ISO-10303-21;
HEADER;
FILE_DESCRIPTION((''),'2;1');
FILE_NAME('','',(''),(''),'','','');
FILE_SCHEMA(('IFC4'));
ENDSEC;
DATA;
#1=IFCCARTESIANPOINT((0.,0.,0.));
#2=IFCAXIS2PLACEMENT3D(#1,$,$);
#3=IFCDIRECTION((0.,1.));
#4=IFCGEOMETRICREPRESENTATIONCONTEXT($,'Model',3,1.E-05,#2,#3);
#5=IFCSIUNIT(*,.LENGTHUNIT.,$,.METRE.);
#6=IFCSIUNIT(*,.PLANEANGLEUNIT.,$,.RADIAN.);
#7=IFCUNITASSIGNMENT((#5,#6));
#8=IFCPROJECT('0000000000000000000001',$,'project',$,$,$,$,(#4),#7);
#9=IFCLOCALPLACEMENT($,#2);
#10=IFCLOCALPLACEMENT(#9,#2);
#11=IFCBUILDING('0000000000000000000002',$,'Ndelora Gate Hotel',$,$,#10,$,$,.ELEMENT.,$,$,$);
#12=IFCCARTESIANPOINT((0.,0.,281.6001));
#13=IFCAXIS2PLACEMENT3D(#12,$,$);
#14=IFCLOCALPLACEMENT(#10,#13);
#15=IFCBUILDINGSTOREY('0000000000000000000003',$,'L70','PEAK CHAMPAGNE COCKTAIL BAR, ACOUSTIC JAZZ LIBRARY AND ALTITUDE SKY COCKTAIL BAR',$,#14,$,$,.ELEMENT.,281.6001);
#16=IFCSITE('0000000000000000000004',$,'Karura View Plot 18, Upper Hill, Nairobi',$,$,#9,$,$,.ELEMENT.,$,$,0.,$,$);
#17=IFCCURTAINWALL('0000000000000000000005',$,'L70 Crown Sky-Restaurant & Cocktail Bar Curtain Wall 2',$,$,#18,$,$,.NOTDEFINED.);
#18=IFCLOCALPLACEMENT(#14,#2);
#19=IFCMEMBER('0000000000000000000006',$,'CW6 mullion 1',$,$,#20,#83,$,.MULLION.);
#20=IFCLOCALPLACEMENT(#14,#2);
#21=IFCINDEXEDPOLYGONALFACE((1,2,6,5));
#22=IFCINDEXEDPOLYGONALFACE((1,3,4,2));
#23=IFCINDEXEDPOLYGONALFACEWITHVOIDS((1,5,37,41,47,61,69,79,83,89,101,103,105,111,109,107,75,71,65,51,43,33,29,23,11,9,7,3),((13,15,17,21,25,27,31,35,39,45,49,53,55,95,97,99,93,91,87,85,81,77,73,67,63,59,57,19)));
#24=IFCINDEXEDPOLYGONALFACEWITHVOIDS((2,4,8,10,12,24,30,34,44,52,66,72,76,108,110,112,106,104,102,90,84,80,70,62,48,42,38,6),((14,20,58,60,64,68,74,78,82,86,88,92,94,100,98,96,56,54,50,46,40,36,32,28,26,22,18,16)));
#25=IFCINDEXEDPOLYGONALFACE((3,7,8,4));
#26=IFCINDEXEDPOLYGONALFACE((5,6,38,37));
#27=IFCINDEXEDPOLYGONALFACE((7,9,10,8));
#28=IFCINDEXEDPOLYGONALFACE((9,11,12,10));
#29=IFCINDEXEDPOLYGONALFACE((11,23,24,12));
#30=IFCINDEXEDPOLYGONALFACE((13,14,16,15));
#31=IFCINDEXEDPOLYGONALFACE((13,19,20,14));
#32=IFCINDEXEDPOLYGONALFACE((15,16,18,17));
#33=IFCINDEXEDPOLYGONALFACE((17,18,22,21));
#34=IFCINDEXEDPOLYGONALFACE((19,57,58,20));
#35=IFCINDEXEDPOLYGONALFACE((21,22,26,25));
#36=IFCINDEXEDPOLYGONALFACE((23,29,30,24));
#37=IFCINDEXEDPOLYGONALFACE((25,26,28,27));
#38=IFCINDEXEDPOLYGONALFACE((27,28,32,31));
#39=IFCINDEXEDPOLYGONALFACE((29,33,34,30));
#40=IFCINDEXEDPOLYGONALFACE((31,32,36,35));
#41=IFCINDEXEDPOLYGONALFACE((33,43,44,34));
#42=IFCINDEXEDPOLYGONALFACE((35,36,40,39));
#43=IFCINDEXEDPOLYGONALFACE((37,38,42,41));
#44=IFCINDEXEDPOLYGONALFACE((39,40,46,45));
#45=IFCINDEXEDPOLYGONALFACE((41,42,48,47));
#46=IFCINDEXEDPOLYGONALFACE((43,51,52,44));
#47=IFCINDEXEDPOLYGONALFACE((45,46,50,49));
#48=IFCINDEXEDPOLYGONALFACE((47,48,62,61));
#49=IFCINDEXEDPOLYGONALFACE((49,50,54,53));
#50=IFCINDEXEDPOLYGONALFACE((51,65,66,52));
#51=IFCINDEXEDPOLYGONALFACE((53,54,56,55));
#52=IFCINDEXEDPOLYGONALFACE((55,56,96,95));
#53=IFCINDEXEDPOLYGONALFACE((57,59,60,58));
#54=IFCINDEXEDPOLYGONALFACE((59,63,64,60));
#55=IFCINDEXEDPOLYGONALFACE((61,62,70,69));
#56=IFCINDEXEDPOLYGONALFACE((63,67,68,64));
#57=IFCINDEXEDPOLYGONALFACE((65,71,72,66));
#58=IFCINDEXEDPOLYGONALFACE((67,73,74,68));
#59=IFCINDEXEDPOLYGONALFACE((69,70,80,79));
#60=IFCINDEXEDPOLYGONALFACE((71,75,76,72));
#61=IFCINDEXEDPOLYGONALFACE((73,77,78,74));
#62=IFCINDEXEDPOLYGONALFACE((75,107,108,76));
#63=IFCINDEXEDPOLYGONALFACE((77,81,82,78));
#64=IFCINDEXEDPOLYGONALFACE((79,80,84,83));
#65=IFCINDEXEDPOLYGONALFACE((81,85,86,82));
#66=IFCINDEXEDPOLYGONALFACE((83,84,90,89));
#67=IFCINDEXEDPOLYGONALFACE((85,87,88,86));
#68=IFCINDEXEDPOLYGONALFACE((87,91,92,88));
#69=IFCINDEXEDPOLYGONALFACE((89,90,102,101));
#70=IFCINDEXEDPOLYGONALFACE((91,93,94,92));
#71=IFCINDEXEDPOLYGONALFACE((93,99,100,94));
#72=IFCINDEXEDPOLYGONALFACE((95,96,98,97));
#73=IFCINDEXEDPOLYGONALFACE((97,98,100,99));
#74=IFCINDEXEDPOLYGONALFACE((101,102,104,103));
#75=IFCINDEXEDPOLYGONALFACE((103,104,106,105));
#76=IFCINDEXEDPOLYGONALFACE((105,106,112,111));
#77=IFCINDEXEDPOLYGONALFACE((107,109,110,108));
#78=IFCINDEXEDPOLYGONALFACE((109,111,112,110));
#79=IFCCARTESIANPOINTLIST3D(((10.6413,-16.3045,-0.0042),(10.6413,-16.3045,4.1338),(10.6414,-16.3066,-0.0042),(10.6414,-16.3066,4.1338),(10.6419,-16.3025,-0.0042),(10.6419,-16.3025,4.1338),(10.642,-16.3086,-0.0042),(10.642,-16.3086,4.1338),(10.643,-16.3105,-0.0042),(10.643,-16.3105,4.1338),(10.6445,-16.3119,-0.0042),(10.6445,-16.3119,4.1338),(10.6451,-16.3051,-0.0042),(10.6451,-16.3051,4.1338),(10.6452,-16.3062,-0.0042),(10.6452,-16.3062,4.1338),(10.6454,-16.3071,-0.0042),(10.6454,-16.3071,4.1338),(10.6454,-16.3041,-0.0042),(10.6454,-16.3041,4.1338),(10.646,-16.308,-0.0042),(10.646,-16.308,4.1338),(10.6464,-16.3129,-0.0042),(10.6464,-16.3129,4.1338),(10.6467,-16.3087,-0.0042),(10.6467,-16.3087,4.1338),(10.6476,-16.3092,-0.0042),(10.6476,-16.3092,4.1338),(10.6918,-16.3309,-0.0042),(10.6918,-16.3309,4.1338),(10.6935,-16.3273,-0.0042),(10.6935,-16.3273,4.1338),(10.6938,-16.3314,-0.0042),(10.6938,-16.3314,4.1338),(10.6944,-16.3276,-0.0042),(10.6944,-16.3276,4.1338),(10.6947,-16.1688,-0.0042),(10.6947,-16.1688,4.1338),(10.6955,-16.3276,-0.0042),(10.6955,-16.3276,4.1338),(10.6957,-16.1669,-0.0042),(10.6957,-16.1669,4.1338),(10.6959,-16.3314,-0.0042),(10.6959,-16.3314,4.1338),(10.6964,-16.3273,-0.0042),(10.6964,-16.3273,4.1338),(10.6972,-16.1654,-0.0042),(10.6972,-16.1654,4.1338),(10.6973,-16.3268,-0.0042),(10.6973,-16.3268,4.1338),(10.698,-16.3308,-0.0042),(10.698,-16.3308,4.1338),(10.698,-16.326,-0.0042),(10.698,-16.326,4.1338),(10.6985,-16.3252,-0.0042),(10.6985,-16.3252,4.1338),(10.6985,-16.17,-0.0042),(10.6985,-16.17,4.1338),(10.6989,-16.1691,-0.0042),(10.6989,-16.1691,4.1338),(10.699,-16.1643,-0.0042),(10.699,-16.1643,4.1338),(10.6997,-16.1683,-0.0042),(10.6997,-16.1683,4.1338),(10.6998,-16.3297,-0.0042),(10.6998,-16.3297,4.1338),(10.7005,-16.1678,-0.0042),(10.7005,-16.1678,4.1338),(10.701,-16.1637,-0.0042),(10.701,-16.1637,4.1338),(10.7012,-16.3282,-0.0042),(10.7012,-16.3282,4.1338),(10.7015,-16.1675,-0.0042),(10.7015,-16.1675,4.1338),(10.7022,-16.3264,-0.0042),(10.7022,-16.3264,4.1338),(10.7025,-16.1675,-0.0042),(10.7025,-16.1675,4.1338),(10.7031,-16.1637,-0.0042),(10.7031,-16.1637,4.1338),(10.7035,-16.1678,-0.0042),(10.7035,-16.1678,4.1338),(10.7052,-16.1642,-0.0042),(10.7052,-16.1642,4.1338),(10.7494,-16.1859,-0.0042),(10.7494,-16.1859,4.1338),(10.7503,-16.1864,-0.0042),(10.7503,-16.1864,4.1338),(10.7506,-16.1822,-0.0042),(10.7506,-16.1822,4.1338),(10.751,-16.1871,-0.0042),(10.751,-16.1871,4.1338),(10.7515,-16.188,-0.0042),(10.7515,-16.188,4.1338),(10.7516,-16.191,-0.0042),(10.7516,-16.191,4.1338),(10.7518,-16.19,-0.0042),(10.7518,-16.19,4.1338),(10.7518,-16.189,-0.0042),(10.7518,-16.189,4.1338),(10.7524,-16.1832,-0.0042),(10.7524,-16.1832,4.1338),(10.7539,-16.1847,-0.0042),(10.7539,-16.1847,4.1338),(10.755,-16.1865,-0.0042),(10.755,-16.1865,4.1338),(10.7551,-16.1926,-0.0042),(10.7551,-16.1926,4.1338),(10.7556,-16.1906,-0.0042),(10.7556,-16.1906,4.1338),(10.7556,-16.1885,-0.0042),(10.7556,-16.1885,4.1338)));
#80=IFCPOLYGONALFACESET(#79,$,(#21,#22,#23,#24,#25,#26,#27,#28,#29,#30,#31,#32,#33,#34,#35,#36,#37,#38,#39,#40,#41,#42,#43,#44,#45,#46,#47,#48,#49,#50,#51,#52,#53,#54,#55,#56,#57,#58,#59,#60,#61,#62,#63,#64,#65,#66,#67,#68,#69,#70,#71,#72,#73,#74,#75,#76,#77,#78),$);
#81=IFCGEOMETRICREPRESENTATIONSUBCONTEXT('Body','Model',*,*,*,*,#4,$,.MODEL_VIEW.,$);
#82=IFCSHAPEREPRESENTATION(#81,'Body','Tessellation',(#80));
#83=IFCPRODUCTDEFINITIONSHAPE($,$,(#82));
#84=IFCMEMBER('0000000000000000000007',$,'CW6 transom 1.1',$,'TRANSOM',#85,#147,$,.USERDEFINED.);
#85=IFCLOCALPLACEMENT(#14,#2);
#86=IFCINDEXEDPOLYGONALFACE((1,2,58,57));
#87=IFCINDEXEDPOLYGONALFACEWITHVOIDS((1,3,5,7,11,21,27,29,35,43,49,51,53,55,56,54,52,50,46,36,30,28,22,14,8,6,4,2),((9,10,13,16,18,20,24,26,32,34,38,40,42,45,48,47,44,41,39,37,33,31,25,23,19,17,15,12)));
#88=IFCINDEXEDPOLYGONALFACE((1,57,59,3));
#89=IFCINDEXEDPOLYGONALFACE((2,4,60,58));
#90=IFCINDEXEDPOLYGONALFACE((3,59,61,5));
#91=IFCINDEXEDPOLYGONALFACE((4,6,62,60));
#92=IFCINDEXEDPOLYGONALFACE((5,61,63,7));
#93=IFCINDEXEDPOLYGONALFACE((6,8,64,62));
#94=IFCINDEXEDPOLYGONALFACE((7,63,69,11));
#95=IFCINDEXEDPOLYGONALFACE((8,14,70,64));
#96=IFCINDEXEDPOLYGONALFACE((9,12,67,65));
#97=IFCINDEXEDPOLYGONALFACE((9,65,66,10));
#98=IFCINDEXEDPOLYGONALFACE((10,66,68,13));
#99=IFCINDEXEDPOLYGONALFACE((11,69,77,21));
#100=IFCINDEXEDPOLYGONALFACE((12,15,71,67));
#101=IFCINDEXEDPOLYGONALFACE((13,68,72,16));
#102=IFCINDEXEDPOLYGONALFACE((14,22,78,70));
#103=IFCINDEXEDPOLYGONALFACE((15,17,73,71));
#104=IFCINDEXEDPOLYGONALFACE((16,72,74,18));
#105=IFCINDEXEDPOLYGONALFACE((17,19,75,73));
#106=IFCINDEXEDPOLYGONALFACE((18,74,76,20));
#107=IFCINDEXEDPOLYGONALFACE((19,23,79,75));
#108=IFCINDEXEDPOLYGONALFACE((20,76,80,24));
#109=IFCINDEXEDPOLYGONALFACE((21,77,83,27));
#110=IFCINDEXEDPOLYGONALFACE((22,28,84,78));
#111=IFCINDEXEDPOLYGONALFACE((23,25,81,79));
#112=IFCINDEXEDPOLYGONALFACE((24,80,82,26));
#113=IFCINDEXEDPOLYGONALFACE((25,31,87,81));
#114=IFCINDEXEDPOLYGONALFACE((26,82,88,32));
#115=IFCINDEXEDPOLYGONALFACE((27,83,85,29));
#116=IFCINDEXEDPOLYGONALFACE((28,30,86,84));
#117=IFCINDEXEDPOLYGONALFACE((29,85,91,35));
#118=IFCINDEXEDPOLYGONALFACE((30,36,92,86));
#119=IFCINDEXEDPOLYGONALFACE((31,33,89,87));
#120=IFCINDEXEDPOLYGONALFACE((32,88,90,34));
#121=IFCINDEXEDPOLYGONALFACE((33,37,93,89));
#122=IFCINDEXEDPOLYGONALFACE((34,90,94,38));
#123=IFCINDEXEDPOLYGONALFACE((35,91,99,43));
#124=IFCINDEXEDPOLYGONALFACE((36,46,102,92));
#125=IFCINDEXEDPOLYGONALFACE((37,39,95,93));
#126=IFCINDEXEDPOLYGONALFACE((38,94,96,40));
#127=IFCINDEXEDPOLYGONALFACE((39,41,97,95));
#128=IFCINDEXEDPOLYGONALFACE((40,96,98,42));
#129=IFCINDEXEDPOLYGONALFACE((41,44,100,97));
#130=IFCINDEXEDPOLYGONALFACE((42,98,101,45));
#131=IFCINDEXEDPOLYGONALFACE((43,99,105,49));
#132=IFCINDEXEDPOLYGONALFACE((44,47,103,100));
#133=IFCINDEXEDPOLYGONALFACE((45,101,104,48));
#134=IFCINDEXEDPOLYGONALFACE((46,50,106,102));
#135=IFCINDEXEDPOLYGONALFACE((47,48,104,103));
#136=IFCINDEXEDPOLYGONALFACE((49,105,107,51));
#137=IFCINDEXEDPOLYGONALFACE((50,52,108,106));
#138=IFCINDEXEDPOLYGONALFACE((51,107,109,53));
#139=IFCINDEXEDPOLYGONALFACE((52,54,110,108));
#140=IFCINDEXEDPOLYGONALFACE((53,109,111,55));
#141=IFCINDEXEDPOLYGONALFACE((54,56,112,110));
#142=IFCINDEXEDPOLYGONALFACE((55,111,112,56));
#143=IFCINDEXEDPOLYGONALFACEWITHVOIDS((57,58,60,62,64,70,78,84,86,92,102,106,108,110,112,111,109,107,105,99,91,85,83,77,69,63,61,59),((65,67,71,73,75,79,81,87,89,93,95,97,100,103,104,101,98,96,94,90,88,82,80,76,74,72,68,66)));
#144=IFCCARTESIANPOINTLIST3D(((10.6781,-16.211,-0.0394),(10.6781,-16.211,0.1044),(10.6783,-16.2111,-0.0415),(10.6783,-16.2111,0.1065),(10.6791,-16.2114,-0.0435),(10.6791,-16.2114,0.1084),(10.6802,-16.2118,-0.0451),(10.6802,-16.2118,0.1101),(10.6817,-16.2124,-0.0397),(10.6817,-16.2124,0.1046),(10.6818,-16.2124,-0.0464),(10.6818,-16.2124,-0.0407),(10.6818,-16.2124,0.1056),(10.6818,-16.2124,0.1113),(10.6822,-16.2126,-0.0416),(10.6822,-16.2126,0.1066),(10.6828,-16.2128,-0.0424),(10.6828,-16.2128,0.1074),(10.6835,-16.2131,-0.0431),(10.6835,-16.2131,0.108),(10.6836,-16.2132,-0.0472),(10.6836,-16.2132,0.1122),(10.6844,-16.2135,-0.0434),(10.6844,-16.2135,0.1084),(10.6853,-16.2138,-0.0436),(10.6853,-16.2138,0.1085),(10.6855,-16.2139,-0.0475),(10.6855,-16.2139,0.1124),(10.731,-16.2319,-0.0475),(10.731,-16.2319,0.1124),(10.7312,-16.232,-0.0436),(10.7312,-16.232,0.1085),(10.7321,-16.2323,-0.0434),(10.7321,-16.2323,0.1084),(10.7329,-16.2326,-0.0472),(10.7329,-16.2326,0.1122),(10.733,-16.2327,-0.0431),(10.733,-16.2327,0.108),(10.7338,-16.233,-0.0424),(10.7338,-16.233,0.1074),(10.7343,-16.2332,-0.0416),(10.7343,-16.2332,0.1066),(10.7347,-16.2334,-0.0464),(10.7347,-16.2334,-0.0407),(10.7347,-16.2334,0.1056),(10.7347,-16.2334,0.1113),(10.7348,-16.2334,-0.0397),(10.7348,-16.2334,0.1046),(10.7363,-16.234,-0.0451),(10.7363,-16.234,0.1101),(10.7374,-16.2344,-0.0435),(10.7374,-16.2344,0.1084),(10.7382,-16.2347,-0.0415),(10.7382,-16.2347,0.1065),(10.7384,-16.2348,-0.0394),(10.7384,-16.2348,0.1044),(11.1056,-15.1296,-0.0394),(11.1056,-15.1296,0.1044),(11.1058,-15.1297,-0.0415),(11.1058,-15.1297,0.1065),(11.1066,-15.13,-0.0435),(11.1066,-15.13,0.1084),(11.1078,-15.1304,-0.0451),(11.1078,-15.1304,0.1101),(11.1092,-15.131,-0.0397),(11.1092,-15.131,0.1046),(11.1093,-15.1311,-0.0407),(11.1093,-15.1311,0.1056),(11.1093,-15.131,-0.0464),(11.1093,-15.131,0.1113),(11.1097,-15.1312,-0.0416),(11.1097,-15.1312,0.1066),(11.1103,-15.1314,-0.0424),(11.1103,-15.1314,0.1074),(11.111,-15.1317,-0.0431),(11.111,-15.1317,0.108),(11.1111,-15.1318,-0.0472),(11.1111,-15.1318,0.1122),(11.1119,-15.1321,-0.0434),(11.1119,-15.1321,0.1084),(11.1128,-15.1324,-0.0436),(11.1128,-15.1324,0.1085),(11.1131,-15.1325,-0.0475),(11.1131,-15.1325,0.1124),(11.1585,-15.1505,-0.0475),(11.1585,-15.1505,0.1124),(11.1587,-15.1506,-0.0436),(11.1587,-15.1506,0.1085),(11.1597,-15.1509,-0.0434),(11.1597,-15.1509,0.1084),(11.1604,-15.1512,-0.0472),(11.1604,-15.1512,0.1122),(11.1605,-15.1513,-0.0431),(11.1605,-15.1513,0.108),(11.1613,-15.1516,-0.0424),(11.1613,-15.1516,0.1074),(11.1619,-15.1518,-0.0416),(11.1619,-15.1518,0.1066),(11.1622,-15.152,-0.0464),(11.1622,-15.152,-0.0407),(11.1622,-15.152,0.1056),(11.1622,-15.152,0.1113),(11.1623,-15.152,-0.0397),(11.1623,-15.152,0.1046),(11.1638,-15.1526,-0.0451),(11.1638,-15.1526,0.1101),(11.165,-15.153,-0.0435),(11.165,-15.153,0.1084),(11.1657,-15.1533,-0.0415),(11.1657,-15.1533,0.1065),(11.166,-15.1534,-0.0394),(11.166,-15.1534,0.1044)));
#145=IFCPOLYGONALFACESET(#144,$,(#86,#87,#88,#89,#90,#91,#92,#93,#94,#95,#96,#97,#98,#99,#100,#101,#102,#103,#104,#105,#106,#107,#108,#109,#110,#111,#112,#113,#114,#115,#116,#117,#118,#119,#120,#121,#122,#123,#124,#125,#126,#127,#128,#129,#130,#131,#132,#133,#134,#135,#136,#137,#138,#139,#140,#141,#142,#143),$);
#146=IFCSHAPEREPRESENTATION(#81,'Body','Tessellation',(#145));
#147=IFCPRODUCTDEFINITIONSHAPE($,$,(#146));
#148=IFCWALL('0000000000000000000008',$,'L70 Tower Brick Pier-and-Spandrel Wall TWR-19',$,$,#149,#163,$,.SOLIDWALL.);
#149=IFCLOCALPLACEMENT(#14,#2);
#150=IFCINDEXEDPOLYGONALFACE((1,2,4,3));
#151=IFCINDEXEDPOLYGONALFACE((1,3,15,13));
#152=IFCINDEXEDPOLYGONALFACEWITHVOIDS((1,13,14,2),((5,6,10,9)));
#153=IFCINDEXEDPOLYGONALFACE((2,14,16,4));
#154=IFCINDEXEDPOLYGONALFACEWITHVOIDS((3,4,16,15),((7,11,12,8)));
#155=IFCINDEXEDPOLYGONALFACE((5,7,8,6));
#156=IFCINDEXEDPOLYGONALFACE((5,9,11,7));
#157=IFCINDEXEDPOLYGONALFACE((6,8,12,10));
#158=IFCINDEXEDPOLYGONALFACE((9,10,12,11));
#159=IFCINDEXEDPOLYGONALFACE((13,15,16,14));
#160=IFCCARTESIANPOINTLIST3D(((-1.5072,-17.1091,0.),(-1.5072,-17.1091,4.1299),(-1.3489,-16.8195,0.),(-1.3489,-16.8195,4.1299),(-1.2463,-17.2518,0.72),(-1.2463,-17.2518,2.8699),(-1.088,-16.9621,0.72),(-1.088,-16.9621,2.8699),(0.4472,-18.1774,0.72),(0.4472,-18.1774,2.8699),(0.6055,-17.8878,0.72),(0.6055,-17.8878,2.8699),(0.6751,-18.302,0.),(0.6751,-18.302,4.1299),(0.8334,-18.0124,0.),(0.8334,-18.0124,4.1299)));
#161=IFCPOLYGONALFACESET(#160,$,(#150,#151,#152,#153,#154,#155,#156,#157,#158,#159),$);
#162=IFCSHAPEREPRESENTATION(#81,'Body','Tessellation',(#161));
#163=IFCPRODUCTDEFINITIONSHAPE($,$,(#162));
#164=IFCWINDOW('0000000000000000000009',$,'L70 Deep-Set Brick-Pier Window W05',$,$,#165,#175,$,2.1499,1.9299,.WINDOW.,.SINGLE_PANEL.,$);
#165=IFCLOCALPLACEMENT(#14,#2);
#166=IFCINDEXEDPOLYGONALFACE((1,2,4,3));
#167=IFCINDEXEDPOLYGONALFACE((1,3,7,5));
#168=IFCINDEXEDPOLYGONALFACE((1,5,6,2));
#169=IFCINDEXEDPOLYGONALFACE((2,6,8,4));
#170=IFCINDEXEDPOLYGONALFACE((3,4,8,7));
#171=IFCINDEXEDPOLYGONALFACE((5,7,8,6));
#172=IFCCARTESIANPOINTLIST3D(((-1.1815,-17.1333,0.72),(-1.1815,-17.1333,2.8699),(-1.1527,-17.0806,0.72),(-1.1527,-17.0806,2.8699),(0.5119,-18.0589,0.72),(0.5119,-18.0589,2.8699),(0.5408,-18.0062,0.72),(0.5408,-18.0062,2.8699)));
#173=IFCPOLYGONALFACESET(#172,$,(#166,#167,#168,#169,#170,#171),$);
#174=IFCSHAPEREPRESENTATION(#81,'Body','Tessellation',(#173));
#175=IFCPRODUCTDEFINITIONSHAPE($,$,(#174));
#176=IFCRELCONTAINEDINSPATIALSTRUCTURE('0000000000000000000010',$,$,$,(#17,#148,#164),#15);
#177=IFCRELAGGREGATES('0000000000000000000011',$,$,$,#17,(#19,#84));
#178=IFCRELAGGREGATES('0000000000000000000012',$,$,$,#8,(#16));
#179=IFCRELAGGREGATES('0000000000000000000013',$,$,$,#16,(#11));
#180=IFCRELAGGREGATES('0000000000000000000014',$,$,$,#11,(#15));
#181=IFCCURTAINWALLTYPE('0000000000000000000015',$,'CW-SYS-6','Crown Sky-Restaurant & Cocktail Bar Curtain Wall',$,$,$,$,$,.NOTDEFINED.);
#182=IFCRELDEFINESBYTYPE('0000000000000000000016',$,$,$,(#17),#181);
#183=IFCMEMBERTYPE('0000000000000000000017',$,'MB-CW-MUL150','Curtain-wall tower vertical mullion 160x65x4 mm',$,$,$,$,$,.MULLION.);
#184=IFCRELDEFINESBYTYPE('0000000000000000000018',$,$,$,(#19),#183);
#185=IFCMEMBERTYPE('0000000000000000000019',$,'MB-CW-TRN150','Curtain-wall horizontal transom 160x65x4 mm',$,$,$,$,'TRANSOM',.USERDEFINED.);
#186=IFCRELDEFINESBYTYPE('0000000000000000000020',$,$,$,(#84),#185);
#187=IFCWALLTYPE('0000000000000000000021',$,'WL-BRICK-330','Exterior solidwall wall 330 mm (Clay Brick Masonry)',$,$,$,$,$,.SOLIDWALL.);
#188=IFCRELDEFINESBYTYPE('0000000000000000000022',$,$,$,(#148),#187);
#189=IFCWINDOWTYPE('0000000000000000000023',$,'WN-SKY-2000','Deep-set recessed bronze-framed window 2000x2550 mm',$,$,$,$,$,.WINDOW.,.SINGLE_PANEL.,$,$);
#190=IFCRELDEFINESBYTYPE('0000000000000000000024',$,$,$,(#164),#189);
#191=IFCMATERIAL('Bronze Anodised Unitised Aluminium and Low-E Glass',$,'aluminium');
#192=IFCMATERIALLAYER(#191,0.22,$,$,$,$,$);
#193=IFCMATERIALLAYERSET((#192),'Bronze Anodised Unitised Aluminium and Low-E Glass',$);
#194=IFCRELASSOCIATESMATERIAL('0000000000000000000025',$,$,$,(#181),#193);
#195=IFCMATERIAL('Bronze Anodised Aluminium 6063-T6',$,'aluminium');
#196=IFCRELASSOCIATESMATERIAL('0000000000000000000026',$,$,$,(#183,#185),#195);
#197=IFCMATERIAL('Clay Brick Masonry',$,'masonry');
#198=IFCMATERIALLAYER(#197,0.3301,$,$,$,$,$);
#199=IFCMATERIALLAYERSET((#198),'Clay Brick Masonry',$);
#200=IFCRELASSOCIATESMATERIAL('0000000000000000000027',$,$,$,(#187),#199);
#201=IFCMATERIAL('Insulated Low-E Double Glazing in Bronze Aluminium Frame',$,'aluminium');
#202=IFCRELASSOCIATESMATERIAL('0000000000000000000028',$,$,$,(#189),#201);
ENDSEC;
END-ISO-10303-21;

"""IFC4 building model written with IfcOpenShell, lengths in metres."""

from ifc_helpers import new_model, si_unit, direction, frame, frame_2d, origin, origin_2d, place, context, subcontext, project, spatial, rectangle, hollow_rectangle, extrude, material, layer, layer_set, material_profile, profile_set, type_object, element, fill, aggregate, save


model = new_model("IFC4")

# Units and contexts
model_context = context("Model", 3, precision=1e-05, world=origin(), true_north=direction((0.0, 1.0)))
body_context = subcontext(model_context, "Body", "Model", "MODEL_VIEW")
ifc_project = project(units=[si_unit("LENGTHUNIT", "METRE"), si_unit("PLANEANGLEUNIT", "RADIAN")], contexts=[model_context])

# Site, building, storey
site_placement = place(None, origin())
site = spatial("IfcSite", under=ifc_project, at=site_placement, Name="Karura View Plot 18, Upper Hill, Nairobi", CompositionType="ELEMENT", RefElevation=0.0)
building_placement = place(site_placement, origin())
building = spatial("IfcBuilding", under=site, at=building_placement, Name="Ndelora Gate Hotel", CompositionType="ELEMENT")
storey_placement = place(building_placement, frame((0.0, 0.0, 281.6001)))
storey = spatial("IfcBuildingStorey", under=building, at=storey_placement, Name="L70", Description="PEAK CHAMPAGNE COCKTAIL BAR, ACOUSTIC JAZZ LIBRARY AND ALTITUDE SKY COCKTAIL BAR", CompositionType="ELEMENT", Elevation=281.6001)

# Curtain wall, members
ifc_material_1 = material(Name="Bronze Anodised Unitised Aluminium and Low-E Glass", Category="aluminium")
ifc_layer_1 = layer(ifc_material_1, 0.22)
ifc_layer_set_1 = layer_set([ifc_layer_1], Name="Bronze Anodised Unitised Aluminium and Low-E Glass")
curtain_wall_type = type_object("IfcCurtainWallType", Name="CW-SYS-6", Description="Crown Sky-Restaurant & Cocktail Bar Curtain Wall", PredefinedType="NOTDEFINED", material=ifc_layer_set_1)
curtain_wall_placement = place(storey_placement, origin())
curtain_wall = element("IfcCurtainWall", 1, at=curtain_wall_placement, inside=storey, type_object=curtain_wall_type, Name="L70 Crown Sky-Restaurant & Cocktail Bar Curtain Wall 2", PredefinedType="NOTDEFINED")
ifc_material_2 = material(Name="Bronze Anodised Aluminium 6063-T6", Category="aluminium")
ifc_material_profile_1 = material_profile(ifc_material_2, hollow_rectangle(XDim=0.0649, YDim=0.1599, WallThickness=0.0039, InnerFilletRadius=0.0039, OuterFilletRadius=0.0081, at=origin_2d()), Name="ALU 160x65x4")
ifc_profile_set_1 = profile_set([ifc_material_profile_1], Name="Bronze Anodised Aluminium 6063-T6")
member_type_1 = type_object("IfcMemberType", Name="MB-CW-MUL150", Description="Curtain-wall tower vertical mullion 160x65x4 mm", PredefinedType="MULLION", material=ifc_profile_set_1)
member_1_placement = place(storey_placement, frame((10.6985, -16.2476, -0.0042), z_axis=(0.0, 0.0, 1.0), x_axis=(-0.929944, 0.3677, 0.0)))
member_1 = element("IfcMember", 2, at=member_1_placement, type_object=member_type_1, Name="CW6 mullion 1", PredefinedType="MULLION", context=body_context, shape_type="SweptSolid", body=[
    extrude(hollow_rectangle(XDim=0.0649, YDim=0.1599, WallThickness=0.0039, InnerFilletRadius=0.0039, OuterFilletRadius=0.0081, at=origin_2d()), origin(), (0.0, 0.0, 1.0), 4.1379),
])
ifc_material_profile_2 = material_profile(ifc_material_2, hollow_rectangle(XDim=0.0649, YDim=0.1599, WallThickness=0.0039, InnerFilletRadius=0.0039, OuterFilletRadius=0.0081, at=origin_2d()), Name="ALU 160x65x4")
ifc_profile_set_2 = profile_set([ifc_material_profile_2], Name="Bronze Anodised Aluminium 6063-T6")
member_type_2 = type_object("IfcMemberType", Name="MB-CW-TRN150", Description="Curtain-wall horizontal transom 160x65x4 mm", ElementType="TRANSOM", PredefinedType="USERDEFINED", material=ifc_profile_set_2)
member_2_placement = place(storey_placement, frame((10.7083, -16.2229, 0.0325), z_axis=(0.367659, 0.929961, 0.0), x_axis=(-0.929961, 0.367659, 0.0)))
member_2 = element("IfcMember", 3, at=member_2_placement, type_object=member_type_2, Name="CW6 transom 1.1", ObjectType="TRANSOM", PredefinedType="USERDEFINED", context=body_context, shape_type="SweptSolid", body=[
    extrude(hollow_rectangle(XDim=0.0649, YDim=0.1599, WallThickness=0.0039, InnerFilletRadius=0.0039, OuterFilletRadius=0.0081, at=origin_2d()), origin(), (0.0, 0.0, 1.0), 1.1628),
])
aggregate(curtain_wall, [member_1, member_2])

# Wall, opening, window
ifc_material_3 = material(Name="Clay Brick Masonry", Category="masonry")
ifc_layer_2 = layer(ifc_material_3, 0.3301)
ifc_layer_set_2 = layer_set([ifc_layer_2], Name="Clay Brick Masonry")
wall_type = type_object("IfcWallType", Name="WL-BRICK-330", Description="Exterior solidwall wall 330 mm (Clay Brick Masonry)", PredefinedType="SOLIDWALL", material=ifc_layer_set_2)
wall_1_placement = place(storey_placement, frame((0.7544, -18.1572, 0.0), z_axis=(0.0, 0.0, 1.0), x_axis=(-0.877475, 0.479622, 0.0)))
wall_1 = element("IfcWall", 4, at=wall_1_placement, inside=storey, type_object=wall_type, Name="L70 Tower Brick Pier-and-Spandrel Wall TWR-19", PredefinedType="SOLIDWALL", context=body_context, shape_type="SweptSolid", body=[
    extrude(rectangle(XDim=2.4871, YDim=0.3301, at=frame_2d((1.2437, 0.0))), origin(), (0.0, 0.0, 1.0), 4.1299),
])
opening_1_placement = place(wall_1_placement, frame((0.26, 0.0, 0.72)))
opening_1 = element("IfcOpeningElement", 5, at=opening_1_placement, cuts=wall_1, PredefinedType="OPENING", context=body_context, shape_type="SweptSolid", body=[
    extrude(rectangle(XDim=1.9299, YDim=2.1499, at=frame_2d((0.9648, 1.075))), frame((0.0, 0.175, 0.0), z_axis=(0.0, -1.0, 0.0), x_axis=(1.0, 0.0, 0.0)), (0.0, 0.0, 1.0), 0.3501),
])
ifc_material_4 = material(Name="Insulated Low-E Double Glazing in Bronze Aluminium Frame", Category="aluminium")
window_type = type_object("IfcWindowType", Name="WN-SKY-2000", Description="Deep-set recessed bronze-framed window 2000x2550 mm", PartitioningType="SINGLE_PANEL", PredefinedType="WINDOW", material=ifc_material_4)
window_1_placement = place(opening_1_placement, origin())
window_1 = element("IfcWindow", 6, at=window_1_placement, inside=storey, type_object=window_type, Name="L70 Deep-Set Brick-Pier Window W05", OverallHeight=2.1499, OverallWidth=1.9299, PartitioningType="SINGLE_PANEL", PredefinedType="WINDOW", context=body_context, shape_type="SweptSolid", body=[
    extrude(rectangle(XDim=1.9299, YDim=2.1499, at=frame_2d((0.9648, 1.075))), frame((0.0, 0.03, 0.0), z_axis=(0.0, -1.0, 0.0), x_axis=(1.0, 0.0, 0.0)), (0.0, 0.0, 1.0), 0.0601),
])
fill(opening_1, window_1)

save(model, "model.ifc")
